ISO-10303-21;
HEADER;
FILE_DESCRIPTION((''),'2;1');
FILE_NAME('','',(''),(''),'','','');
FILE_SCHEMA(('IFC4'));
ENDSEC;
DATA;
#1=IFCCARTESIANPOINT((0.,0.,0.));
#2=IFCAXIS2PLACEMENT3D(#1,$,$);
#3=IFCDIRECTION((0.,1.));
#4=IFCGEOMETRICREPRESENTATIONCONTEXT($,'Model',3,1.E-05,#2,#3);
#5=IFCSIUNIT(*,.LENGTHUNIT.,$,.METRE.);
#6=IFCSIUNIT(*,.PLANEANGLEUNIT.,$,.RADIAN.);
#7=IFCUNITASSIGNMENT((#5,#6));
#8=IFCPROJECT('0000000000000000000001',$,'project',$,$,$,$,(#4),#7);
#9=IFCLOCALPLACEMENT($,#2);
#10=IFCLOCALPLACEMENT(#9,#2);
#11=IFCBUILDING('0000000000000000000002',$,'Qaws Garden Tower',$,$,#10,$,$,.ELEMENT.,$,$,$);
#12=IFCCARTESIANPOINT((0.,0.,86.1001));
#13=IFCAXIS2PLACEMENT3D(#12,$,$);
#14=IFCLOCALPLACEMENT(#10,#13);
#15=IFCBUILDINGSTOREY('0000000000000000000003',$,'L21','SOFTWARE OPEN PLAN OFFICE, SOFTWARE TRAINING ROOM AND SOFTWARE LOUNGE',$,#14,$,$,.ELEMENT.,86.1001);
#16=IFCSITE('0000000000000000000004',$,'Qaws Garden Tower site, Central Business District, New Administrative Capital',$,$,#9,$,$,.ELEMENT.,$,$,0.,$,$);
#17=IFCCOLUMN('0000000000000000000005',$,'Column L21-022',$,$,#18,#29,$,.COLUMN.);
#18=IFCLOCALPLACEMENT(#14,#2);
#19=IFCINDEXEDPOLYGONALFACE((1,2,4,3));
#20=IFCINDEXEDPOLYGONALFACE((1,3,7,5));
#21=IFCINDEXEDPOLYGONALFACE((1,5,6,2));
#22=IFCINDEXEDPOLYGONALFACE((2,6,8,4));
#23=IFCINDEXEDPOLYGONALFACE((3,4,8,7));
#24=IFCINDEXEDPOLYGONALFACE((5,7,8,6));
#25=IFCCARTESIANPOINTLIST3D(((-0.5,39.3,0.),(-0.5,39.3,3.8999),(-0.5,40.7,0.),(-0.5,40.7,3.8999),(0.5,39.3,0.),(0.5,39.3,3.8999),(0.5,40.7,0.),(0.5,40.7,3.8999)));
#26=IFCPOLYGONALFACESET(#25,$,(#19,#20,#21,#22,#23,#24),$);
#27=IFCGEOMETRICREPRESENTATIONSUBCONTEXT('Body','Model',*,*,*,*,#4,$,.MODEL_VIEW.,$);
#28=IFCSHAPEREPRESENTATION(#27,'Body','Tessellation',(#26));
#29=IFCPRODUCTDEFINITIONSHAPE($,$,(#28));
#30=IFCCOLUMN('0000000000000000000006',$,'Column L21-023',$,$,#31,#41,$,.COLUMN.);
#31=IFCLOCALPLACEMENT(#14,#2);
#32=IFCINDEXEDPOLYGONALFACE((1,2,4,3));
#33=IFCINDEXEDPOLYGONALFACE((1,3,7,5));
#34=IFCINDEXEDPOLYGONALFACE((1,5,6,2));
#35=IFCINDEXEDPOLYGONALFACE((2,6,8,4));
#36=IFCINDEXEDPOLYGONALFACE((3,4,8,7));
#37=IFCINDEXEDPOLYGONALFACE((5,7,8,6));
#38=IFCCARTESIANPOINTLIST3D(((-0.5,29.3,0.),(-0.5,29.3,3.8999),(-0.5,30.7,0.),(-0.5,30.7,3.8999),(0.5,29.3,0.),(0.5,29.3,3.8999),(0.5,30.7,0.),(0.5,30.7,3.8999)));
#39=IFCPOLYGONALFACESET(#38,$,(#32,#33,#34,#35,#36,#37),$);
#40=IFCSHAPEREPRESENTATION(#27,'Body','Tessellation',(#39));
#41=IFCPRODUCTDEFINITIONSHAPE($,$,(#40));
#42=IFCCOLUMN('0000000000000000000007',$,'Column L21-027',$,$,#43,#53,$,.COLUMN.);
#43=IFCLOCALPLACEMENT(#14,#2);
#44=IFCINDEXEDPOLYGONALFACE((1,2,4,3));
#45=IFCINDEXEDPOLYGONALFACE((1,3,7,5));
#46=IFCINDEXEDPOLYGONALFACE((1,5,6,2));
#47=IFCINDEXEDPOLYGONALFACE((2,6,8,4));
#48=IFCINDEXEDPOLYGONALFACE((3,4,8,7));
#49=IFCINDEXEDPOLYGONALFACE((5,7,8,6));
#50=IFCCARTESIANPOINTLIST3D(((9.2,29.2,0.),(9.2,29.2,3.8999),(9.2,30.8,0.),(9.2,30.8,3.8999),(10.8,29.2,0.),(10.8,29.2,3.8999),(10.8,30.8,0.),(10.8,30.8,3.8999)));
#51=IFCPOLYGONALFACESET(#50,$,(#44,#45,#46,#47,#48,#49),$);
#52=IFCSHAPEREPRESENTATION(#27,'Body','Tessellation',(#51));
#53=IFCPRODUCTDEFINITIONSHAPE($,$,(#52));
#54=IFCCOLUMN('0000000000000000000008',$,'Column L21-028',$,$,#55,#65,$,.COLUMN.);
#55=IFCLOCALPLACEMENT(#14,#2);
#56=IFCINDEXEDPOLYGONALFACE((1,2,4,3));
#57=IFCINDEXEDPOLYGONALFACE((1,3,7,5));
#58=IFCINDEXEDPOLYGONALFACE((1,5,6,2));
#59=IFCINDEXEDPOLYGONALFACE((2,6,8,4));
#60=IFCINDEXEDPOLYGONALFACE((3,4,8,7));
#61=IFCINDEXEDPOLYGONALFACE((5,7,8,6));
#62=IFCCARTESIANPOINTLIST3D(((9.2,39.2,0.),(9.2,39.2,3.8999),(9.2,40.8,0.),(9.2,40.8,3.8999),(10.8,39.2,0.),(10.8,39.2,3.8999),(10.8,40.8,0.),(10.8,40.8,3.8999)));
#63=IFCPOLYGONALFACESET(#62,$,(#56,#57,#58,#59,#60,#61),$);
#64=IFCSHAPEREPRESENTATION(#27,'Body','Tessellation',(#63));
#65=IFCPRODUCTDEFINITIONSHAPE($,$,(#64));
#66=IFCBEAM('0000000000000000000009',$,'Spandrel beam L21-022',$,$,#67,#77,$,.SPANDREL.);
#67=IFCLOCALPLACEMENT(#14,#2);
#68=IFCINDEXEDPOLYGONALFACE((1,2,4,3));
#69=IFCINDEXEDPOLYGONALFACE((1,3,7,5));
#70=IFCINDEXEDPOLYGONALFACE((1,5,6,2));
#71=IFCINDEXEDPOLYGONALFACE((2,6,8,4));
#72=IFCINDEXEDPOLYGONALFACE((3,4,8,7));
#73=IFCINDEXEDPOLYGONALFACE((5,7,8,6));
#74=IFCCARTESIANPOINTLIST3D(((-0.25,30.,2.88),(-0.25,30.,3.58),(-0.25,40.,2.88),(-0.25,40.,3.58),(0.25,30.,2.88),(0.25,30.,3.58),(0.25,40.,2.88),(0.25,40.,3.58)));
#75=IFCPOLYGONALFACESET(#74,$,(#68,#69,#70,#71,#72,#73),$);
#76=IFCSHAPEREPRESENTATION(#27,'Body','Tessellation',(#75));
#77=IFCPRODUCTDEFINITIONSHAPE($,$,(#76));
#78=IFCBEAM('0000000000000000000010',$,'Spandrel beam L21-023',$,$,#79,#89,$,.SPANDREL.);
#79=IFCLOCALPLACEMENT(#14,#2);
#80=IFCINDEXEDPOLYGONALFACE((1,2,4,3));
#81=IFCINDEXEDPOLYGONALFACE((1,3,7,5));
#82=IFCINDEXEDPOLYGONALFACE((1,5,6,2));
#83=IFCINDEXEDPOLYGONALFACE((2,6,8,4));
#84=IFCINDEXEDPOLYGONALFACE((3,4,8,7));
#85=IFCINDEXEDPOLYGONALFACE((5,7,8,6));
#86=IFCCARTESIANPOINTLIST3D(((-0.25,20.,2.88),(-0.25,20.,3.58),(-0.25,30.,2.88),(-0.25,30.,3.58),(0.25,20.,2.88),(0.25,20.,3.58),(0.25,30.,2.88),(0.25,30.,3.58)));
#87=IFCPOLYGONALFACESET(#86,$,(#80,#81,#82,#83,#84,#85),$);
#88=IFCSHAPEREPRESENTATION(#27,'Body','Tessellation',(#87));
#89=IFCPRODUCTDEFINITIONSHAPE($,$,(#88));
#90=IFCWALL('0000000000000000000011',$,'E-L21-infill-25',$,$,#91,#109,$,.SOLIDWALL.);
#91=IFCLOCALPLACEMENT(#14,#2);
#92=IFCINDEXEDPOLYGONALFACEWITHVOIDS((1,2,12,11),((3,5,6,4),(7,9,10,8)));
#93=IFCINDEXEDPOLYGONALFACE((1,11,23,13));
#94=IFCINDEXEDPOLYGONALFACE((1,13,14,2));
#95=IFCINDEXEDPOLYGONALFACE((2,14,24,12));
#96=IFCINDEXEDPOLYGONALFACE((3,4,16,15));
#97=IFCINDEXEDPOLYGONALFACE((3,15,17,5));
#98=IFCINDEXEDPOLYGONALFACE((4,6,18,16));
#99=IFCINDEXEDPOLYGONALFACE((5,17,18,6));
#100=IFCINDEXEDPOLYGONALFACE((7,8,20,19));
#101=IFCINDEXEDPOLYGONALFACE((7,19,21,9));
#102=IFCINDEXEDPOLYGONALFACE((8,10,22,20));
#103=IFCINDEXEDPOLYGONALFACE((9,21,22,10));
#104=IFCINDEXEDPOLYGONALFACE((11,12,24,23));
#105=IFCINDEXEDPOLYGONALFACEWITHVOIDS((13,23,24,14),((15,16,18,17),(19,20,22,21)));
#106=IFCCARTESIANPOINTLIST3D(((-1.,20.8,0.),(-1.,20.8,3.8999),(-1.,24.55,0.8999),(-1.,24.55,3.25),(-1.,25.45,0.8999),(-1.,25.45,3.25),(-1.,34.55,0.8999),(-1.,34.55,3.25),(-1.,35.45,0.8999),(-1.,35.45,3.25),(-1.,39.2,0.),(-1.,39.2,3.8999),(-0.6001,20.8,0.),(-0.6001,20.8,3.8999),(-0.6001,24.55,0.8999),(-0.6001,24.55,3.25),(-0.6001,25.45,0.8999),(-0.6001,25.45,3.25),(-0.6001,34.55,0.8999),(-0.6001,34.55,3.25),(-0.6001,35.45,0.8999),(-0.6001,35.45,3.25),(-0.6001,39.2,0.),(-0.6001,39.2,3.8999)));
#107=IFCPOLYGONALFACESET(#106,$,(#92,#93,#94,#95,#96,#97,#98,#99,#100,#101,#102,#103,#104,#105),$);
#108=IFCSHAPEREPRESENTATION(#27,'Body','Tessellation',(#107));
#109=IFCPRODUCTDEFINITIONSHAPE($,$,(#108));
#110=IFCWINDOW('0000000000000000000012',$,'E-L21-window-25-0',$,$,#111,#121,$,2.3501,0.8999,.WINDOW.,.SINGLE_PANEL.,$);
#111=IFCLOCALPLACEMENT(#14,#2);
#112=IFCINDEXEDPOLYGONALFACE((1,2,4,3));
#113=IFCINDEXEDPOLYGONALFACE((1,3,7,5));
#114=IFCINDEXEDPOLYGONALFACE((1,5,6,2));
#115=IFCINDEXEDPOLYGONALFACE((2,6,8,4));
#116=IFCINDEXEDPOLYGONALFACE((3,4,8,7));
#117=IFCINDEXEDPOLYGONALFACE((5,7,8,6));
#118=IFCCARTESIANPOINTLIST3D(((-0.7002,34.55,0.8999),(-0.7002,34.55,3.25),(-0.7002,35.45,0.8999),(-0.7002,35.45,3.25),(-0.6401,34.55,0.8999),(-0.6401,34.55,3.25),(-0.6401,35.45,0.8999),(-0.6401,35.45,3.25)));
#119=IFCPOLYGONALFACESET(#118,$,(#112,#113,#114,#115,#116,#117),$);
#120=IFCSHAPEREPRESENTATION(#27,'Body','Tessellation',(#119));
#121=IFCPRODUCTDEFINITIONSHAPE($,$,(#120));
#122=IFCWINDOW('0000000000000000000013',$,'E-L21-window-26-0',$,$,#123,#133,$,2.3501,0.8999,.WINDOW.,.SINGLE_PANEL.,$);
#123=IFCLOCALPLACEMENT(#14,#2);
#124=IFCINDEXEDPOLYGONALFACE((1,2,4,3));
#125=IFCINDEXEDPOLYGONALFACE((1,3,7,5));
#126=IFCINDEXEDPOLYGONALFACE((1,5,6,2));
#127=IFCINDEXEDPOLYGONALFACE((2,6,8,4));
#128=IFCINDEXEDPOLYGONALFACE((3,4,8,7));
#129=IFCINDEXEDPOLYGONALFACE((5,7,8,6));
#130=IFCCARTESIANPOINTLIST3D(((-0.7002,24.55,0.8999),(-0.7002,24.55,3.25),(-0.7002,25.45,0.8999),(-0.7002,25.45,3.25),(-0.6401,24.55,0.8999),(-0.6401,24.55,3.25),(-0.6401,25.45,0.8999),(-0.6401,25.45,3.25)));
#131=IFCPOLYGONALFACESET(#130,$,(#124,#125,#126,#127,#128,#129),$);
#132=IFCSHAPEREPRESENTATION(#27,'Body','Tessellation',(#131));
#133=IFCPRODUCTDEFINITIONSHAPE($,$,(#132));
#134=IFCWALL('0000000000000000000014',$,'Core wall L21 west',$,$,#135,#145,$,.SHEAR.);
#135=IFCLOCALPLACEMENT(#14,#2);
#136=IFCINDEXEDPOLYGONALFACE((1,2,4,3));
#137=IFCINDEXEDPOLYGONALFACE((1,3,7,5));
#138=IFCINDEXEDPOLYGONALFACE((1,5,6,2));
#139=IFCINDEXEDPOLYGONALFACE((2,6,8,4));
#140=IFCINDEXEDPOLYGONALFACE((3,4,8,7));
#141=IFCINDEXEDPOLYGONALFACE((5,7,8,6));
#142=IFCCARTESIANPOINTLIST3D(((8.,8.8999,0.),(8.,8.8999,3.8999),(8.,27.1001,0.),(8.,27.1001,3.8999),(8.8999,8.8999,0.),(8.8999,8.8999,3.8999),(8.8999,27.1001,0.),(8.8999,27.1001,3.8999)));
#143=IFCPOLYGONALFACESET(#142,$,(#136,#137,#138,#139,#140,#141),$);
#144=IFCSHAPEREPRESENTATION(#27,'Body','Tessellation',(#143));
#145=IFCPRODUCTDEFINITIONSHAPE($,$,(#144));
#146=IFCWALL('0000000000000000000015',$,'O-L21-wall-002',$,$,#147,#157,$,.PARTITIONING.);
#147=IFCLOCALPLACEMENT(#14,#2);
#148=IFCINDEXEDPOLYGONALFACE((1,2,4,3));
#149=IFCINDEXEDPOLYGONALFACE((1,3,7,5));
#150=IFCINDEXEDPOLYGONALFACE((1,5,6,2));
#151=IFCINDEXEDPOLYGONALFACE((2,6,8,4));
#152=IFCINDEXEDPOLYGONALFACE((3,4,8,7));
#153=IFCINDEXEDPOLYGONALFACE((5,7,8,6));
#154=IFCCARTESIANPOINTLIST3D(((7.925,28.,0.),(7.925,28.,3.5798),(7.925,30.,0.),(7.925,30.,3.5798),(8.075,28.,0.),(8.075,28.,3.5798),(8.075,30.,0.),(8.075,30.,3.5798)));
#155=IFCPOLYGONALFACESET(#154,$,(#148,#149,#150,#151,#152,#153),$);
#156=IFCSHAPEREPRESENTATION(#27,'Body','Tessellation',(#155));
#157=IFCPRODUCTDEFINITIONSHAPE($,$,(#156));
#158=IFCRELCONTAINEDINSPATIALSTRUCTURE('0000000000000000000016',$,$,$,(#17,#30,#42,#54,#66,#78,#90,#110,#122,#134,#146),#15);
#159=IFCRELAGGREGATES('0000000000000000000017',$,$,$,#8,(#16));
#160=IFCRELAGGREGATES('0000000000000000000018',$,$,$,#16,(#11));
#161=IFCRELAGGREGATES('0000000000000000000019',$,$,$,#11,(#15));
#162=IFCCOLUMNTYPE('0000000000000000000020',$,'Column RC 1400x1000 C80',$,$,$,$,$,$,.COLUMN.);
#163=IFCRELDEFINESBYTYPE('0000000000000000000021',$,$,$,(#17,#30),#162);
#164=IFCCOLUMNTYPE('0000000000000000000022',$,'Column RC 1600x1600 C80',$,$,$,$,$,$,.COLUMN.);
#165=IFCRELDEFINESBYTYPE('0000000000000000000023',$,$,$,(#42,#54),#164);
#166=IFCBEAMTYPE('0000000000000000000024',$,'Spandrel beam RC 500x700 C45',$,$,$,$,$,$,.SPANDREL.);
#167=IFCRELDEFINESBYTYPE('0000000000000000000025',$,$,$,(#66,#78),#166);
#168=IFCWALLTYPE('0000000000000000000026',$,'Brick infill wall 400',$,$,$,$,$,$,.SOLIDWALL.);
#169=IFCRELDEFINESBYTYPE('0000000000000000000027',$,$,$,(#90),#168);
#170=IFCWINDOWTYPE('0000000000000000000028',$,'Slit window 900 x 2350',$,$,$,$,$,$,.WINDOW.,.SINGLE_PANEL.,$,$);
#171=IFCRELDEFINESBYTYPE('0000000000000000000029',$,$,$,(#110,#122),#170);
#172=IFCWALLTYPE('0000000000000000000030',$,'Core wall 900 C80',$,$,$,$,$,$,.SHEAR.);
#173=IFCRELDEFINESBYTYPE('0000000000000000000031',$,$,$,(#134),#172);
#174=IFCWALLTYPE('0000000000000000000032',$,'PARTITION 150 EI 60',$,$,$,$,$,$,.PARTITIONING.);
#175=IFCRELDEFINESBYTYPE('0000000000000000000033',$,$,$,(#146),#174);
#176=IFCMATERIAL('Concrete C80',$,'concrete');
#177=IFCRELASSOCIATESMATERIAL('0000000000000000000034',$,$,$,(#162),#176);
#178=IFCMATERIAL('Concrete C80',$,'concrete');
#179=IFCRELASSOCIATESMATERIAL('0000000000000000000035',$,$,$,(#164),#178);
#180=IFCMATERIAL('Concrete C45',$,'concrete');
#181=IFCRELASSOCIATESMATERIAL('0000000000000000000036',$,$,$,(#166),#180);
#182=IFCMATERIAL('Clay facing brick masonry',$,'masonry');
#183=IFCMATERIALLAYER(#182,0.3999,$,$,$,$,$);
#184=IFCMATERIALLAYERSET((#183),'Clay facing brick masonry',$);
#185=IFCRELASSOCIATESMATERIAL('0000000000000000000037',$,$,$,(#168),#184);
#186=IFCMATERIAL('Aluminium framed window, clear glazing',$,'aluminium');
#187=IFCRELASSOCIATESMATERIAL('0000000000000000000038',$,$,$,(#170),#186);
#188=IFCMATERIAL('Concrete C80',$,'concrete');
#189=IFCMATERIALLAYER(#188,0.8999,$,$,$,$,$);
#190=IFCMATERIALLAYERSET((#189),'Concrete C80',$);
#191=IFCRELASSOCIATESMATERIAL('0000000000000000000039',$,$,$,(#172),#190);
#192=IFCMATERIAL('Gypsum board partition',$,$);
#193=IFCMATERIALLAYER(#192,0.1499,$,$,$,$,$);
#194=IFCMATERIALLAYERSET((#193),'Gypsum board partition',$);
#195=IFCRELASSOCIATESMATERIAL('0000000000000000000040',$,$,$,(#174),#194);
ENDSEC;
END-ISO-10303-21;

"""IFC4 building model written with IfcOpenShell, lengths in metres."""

from ifc_helpers import new_model, si_unit, direction, frame, frame_2d, origin, origin_2d, place, context, subcontext, project, spatial, rectangle, extrude, material, layer, layer_set, material_profile, profile_set, type_object, element, fill, save


model = new_model("IFC4")

# Units and contexts
model_context = context("Model", 3, precision=1e-05, world=origin(), true_north=direction((0.0, 1.0)))
body_context = subcontext(model_context, "Body", "Model", "MODEL_VIEW")
ifc_project = project(units=[si_unit("LENGTHUNIT", "METRE"), si_unit("PLANEANGLEUNIT", "RADIAN")], contexts=[model_context])

# Site, building, storey
site_placement = place(None, origin())
site = spatial("IfcSite", under=ifc_project, at=site_placement, Name="Qaws Garden Tower site, Central Business District, New Administrative Capital", CompositionType="ELEMENT", RefElevation=0.0)
building_placement = place(site_placement, origin())
building = spatial("IfcBuilding", under=site, at=building_placement, Name="Qaws Garden Tower", CompositionType="ELEMENT")
storey_placement = place(building_placement, frame((0.0, 0.0, 86.1001)))
storey = spatial("IfcBuildingStorey", under=building, at=storey_placement, Name="L21", Description="SOFTWARE OPEN PLAN OFFICE, SOFTWARE TRAINING ROOM AND SOFTWARE LOUNGE", CompositionType="ELEMENT", Elevation=86.1001)

# Columns
ifc_material_1 = material(Name="Concrete C80", Category="concrete")
ifc_material_profile_1 = material_profile(ifc_material_1, rectangle(XDim=1.3999, YDim=1.0, at=origin_2d()), Name="RC 1400x1000")
ifc_profile_set_1 = profile_set([ifc_material_profile_1], Name="Concrete C80")
column_type_1 = type_object("IfcColumnType", Name="Column RC 1400x1000 C80", PredefinedType="COLUMN", material=ifc_profile_set_1)
for number, where, z_axis, x_axis, name in (
    (1, (0.0, 40.0, 0.0), (0.0, 0.0, 1.0), (0.0, 1.0, 0.0), "Column L21-022"),
    (2, (0.0, 30.0, 0.0), (0.0, 0.0, 1.0), (0.0, 1.0, 0.0), "Column L21-023"),
):
    element("IfcColumn", number, at=place(storey_placement, frame(where, z_axis=z_axis, x_axis=x_axis)), inside=storey, type_object=column_type_1, Name=name, PredefinedType="COLUMN", context=body_context, shape_type="SweptSolid", body=[
        extrude(rectangle(XDim=1.3999, YDim=1.0, at=origin_2d()), origin(), (0.0, 0.0, 1.0), 3.8999),
    ])
ifc_material_2 = material(Name="Concrete C80", Category="concrete")
ifc_material_profile_2 = material_profile(ifc_material_2, rectangle(XDim=1.6001, YDim=1.6001, at=origin_2d()), Name="RC 1600x1600")
ifc_profile_set_2 = profile_set([ifc_material_profile_2], Name="Concrete C80")
column_type_2 = type_object("IfcColumnType", Name="Column RC 1600x1600 C80", PredefinedType="COLUMN", material=ifc_profile_set_2)
for number, where, z_axis, x_axis, name in (
    (3, (10.0, 30.0, 0.0), (0.0, 0.0, 1.0), (1.0, 0.0, 0.0), "Column L21-027"),
    (4, (10.0, 40.0, 0.0), (0.0, 0.0, 1.0), (1.0, 0.0, 0.0), "Column L21-028"),
):
    element("IfcColumn", number, at=place(storey_placement, frame(where, z_axis=z_axis, x_axis=x_axis)), inside=storey, type_object=column_type_2, Name=name, PredefinedType="COLUMN", context=body_context, shape_type="SweptSolid", body=[
        extrude(rectangle(XDim=1.6001, YDim=1.6001, at=origin_2d()), origin(), (0.0, 0.0, 1.0), 3.8999),
    ])

# Beams
ifc_material_3 = material(Name="Concrete C45", Category="concrete")
ifc_material_profile_3 = material_profile(ifc_material_3, rectangle(XDim=0.5, YDim=0.7, at=origin_2d()), Name="RC 500x700")
ifc_profile_set_3 = profile_set([ifc_material_profile_3], Name="Concrete C45")
beam_type = type_object("IfcBeamType", Name="Spandrel beam RC 500x700 C45", PredefinedType="SPANDREL", material=ifc_profile_set_3)
for number, where, z_axis, x_axis, name in (
    (5, (0.0, 40.0, 3.23), (0.0, -1.0, 0.0), (1.0, 0.0, 0.0), "Spandrel beam L21-022"),
    (6, (0.0, 30.0, 3.23), (0.0, -1.0, 0.0), (1.0, 0.0, 0.0), "Spandrel beam L21-023"),
):
    element("IfcBeam", number, at=place(storey_placement, frame(where, z_axis=z_axis, x_axis=x_axis)), inside=storey, type_object=beam_type, Name=name, PredefinedType="SPANDREL", context=body_context, shape_type="SweptSolid", body=[
        extrude(rectangle(XDim=0.5, YDim=0.7, at=origin_2d()), origin(), (0.0, 0.0, 1.0), 10.0),
    ])

# Wall, openings, windows
ifc_material_4 = material(Name="Clay facing brick masonry", Category="masonry")
ifc_layer_1 = layer(ifc_material_4, 0.3999)
ifc_layer_set_1 = layer_set([ifc_layer_1], Name="Clay facing brick masonry")
wall_type_1 = type_object("IfcWallType", Name="Brick infill wall 400", PredefinedType="SOLIDWALL", material=ifc_layer_set_1)
wall_1_placement = place(storey_placement, frame((-0.8, 39.2, 0.0), z_axis=(0.0, 0.0, 1.0), x_axis=(0.0, -1.0, 0.0)))
wall_1 = element("IfcWall", 7, at=wall_1_placement, inside=storey, type_object=wall_type_1, Name="E-L21-infill-25", PredefinedType="SOLIDWALL", context=body_context, shape_type="SweptSolid", body=[
    extrude(rectangle(XDim=18.3999, YDim=0.3999, at=frame_2d((9.2, 0.0))), origin(), (0.0, 0.0, 1.0), 3.8999),
])
opening_1_placement = place(wall_1_placement, frame((3.75, 0.0, 0.8999)))
opening_1 = element("IfcOpeningElement", 8, at=opening_1_placement, cuts=wall_1, PredefinedType="OPENING", context=body_context, shape_type="SweptSolid", body=[
    extrude(rectangle(XDim=0.8999, YDim=2.3501, at=frame_2d((0.45, 1.175))), frame((0.0, 0.21, 0.0), z_axis=(0.0, -1.0, 0.0), x_axis=(1.0, 0.0, 0.0)), (0.0, 0.0, 1.0), 0.4199),
])
opening_2_placement = place(wall_1_placement, frame((13.75, 0.0, 0.8999)))
opening_2 = element("IfcOpeningElement", 9, at=opening_2_placement, cuts=wall_1, PredefinedType="OPENING", context=body_context, shape_type="SweptSolid", body=[
    extrude(rectangle(XDim=0.8999, YDim=2.3501, at=frame_2d((0.45, 1.175))), frame((0.0, 0.21, 0.0), z_axis=(0.0, -1.0, 0.0), x_axis=(1.0, 0.0, 0.0)), (0.0, 0.0, 1.0), 0.4199),
])
ifc_material_5 = material(Name="Aluminium framed window, clear glazing", Category="aluminium")
window_type = type_object("IfcWindowType", Name="Slit window 900 x 2350", PartitioningType="SINGLE_PANEL", PredefinedType="WINDOW", material=ifc_material_5)
window_1_placement = place(opening_1_placement, origin())
window_1 = element("IfcWindow", 10, at=window_1_placement, inside=storey, type_object=window_type, Name="E-L21-window-25-0", OverallHeight=2.3501, OverallWidth=0.8999, PartitioningType="SINGLE_PANEL", PredefinedType="WINDOW", context=body_context, shape_type="SweptSolid", body=[
    extrude(rectangle(XDim=0.8999, YDim=2.3501, at=frame_2d((0.45, 1.175))), frame((0.0, 0.1599, 0.0), z_axis=(0.0, -1.0, 0.0), x_axis=(1.0, 0.0, 0.0)), (0.0, 0.0, 1.0), 0.0601),
])
fill(opening_1, window_1)
window_2_placement = place(opening_2_placement, origin())
window_2 = element("IfcWindow", 11, at=window_2_placement, inside=storey, type_object=window_type, Name="E-L21-window-26-0", OverallHeight=2.3501, OverallWidth=0.8999, PartitioningType="SINGLE_PANEL", PredefinedType="WINDOW", context=body_context, shape_type="SweptSolid", body=[
    extrude(rectangle(XDim=0.8999, YDim=2.3501, at=frame_2d((0.45, 1.175))), frame((0.0, 0.1599, 0.0), z_axis=(0.0, -1.0, 0.0), x_axis=(1.0, 0.0, 0.0)), (0.0, 0.0, 1.0), 0.0601),
])
fill(opening_2, window_2)

# Walls
ifc_material_6 = material(Name="Concrete C80", Category="concrete")
ifc_layer_2 = layer(ifc_material_6, 0.8999)
ifc_layer_set_2 = layer_set([ifc_layer_2], Name="Concrete C80")
wall_type_2 = type_object("IfcWallType", Name="Core wall 900 C80", PredefinedType="SHEAR", material=ifc_layer_set_2)
wall_2_placement = place(storey_placement, frame((8.45, 27.1001, 0.0), z_axis=(0.0, 0.0, 1.0), x_axis=(0.0, -1.0, 0.0)))
element("IfcWall", 12, at=wall_2_placement, inside=storey, type_object=wall_type_2, Name="Core wall L21 west", PredefinedType="SHEAR", context=body_context, shape_type="SweptSolid", body=[
    extrude(rectangle(XDim=18.2002, YDim=0.8999, at=frame_2d((9.1001, 0.0))), origin(), (0.0, 0.0, 1.0), 3.8999),
])
ifc_material_7 = material(Name="Gypsum board partition")
ifc_layer_3 = layer(ifc_material_7, 0.1499)
ifc_layer_set_3 = layer_set([ifc_layer_3], Name="Gypsum board partition")
wall_type_3 = type_object("IfcWallType", Name="PARTITION 150 EI 60", PredefinedType="PARTITIONING", material=ifc_layer_set_3)
wall_3_placement = place(storey_placement, frame((8.0, 28.0, 0.0), z_axis=(0.0, 0.0, 1.0), x_axis=(0.0, 1.0, 0.0)))
element("IfcWall", 13, at=wall_3_placement, inside=storey, type_object=wall_type_3, Name="O-L21-wall-002", PredefinedType="PARTITIONING", context=body_context, shape_type="SweptSolid", body=[
    extrude(rectangle(XDim=2.0, YDim=0.1499, at=frame_2d((1.0, 0.0))), origin(), (0.0, 0.0, 1.0), 3.5798),
])

save(model, "model.ifc")
